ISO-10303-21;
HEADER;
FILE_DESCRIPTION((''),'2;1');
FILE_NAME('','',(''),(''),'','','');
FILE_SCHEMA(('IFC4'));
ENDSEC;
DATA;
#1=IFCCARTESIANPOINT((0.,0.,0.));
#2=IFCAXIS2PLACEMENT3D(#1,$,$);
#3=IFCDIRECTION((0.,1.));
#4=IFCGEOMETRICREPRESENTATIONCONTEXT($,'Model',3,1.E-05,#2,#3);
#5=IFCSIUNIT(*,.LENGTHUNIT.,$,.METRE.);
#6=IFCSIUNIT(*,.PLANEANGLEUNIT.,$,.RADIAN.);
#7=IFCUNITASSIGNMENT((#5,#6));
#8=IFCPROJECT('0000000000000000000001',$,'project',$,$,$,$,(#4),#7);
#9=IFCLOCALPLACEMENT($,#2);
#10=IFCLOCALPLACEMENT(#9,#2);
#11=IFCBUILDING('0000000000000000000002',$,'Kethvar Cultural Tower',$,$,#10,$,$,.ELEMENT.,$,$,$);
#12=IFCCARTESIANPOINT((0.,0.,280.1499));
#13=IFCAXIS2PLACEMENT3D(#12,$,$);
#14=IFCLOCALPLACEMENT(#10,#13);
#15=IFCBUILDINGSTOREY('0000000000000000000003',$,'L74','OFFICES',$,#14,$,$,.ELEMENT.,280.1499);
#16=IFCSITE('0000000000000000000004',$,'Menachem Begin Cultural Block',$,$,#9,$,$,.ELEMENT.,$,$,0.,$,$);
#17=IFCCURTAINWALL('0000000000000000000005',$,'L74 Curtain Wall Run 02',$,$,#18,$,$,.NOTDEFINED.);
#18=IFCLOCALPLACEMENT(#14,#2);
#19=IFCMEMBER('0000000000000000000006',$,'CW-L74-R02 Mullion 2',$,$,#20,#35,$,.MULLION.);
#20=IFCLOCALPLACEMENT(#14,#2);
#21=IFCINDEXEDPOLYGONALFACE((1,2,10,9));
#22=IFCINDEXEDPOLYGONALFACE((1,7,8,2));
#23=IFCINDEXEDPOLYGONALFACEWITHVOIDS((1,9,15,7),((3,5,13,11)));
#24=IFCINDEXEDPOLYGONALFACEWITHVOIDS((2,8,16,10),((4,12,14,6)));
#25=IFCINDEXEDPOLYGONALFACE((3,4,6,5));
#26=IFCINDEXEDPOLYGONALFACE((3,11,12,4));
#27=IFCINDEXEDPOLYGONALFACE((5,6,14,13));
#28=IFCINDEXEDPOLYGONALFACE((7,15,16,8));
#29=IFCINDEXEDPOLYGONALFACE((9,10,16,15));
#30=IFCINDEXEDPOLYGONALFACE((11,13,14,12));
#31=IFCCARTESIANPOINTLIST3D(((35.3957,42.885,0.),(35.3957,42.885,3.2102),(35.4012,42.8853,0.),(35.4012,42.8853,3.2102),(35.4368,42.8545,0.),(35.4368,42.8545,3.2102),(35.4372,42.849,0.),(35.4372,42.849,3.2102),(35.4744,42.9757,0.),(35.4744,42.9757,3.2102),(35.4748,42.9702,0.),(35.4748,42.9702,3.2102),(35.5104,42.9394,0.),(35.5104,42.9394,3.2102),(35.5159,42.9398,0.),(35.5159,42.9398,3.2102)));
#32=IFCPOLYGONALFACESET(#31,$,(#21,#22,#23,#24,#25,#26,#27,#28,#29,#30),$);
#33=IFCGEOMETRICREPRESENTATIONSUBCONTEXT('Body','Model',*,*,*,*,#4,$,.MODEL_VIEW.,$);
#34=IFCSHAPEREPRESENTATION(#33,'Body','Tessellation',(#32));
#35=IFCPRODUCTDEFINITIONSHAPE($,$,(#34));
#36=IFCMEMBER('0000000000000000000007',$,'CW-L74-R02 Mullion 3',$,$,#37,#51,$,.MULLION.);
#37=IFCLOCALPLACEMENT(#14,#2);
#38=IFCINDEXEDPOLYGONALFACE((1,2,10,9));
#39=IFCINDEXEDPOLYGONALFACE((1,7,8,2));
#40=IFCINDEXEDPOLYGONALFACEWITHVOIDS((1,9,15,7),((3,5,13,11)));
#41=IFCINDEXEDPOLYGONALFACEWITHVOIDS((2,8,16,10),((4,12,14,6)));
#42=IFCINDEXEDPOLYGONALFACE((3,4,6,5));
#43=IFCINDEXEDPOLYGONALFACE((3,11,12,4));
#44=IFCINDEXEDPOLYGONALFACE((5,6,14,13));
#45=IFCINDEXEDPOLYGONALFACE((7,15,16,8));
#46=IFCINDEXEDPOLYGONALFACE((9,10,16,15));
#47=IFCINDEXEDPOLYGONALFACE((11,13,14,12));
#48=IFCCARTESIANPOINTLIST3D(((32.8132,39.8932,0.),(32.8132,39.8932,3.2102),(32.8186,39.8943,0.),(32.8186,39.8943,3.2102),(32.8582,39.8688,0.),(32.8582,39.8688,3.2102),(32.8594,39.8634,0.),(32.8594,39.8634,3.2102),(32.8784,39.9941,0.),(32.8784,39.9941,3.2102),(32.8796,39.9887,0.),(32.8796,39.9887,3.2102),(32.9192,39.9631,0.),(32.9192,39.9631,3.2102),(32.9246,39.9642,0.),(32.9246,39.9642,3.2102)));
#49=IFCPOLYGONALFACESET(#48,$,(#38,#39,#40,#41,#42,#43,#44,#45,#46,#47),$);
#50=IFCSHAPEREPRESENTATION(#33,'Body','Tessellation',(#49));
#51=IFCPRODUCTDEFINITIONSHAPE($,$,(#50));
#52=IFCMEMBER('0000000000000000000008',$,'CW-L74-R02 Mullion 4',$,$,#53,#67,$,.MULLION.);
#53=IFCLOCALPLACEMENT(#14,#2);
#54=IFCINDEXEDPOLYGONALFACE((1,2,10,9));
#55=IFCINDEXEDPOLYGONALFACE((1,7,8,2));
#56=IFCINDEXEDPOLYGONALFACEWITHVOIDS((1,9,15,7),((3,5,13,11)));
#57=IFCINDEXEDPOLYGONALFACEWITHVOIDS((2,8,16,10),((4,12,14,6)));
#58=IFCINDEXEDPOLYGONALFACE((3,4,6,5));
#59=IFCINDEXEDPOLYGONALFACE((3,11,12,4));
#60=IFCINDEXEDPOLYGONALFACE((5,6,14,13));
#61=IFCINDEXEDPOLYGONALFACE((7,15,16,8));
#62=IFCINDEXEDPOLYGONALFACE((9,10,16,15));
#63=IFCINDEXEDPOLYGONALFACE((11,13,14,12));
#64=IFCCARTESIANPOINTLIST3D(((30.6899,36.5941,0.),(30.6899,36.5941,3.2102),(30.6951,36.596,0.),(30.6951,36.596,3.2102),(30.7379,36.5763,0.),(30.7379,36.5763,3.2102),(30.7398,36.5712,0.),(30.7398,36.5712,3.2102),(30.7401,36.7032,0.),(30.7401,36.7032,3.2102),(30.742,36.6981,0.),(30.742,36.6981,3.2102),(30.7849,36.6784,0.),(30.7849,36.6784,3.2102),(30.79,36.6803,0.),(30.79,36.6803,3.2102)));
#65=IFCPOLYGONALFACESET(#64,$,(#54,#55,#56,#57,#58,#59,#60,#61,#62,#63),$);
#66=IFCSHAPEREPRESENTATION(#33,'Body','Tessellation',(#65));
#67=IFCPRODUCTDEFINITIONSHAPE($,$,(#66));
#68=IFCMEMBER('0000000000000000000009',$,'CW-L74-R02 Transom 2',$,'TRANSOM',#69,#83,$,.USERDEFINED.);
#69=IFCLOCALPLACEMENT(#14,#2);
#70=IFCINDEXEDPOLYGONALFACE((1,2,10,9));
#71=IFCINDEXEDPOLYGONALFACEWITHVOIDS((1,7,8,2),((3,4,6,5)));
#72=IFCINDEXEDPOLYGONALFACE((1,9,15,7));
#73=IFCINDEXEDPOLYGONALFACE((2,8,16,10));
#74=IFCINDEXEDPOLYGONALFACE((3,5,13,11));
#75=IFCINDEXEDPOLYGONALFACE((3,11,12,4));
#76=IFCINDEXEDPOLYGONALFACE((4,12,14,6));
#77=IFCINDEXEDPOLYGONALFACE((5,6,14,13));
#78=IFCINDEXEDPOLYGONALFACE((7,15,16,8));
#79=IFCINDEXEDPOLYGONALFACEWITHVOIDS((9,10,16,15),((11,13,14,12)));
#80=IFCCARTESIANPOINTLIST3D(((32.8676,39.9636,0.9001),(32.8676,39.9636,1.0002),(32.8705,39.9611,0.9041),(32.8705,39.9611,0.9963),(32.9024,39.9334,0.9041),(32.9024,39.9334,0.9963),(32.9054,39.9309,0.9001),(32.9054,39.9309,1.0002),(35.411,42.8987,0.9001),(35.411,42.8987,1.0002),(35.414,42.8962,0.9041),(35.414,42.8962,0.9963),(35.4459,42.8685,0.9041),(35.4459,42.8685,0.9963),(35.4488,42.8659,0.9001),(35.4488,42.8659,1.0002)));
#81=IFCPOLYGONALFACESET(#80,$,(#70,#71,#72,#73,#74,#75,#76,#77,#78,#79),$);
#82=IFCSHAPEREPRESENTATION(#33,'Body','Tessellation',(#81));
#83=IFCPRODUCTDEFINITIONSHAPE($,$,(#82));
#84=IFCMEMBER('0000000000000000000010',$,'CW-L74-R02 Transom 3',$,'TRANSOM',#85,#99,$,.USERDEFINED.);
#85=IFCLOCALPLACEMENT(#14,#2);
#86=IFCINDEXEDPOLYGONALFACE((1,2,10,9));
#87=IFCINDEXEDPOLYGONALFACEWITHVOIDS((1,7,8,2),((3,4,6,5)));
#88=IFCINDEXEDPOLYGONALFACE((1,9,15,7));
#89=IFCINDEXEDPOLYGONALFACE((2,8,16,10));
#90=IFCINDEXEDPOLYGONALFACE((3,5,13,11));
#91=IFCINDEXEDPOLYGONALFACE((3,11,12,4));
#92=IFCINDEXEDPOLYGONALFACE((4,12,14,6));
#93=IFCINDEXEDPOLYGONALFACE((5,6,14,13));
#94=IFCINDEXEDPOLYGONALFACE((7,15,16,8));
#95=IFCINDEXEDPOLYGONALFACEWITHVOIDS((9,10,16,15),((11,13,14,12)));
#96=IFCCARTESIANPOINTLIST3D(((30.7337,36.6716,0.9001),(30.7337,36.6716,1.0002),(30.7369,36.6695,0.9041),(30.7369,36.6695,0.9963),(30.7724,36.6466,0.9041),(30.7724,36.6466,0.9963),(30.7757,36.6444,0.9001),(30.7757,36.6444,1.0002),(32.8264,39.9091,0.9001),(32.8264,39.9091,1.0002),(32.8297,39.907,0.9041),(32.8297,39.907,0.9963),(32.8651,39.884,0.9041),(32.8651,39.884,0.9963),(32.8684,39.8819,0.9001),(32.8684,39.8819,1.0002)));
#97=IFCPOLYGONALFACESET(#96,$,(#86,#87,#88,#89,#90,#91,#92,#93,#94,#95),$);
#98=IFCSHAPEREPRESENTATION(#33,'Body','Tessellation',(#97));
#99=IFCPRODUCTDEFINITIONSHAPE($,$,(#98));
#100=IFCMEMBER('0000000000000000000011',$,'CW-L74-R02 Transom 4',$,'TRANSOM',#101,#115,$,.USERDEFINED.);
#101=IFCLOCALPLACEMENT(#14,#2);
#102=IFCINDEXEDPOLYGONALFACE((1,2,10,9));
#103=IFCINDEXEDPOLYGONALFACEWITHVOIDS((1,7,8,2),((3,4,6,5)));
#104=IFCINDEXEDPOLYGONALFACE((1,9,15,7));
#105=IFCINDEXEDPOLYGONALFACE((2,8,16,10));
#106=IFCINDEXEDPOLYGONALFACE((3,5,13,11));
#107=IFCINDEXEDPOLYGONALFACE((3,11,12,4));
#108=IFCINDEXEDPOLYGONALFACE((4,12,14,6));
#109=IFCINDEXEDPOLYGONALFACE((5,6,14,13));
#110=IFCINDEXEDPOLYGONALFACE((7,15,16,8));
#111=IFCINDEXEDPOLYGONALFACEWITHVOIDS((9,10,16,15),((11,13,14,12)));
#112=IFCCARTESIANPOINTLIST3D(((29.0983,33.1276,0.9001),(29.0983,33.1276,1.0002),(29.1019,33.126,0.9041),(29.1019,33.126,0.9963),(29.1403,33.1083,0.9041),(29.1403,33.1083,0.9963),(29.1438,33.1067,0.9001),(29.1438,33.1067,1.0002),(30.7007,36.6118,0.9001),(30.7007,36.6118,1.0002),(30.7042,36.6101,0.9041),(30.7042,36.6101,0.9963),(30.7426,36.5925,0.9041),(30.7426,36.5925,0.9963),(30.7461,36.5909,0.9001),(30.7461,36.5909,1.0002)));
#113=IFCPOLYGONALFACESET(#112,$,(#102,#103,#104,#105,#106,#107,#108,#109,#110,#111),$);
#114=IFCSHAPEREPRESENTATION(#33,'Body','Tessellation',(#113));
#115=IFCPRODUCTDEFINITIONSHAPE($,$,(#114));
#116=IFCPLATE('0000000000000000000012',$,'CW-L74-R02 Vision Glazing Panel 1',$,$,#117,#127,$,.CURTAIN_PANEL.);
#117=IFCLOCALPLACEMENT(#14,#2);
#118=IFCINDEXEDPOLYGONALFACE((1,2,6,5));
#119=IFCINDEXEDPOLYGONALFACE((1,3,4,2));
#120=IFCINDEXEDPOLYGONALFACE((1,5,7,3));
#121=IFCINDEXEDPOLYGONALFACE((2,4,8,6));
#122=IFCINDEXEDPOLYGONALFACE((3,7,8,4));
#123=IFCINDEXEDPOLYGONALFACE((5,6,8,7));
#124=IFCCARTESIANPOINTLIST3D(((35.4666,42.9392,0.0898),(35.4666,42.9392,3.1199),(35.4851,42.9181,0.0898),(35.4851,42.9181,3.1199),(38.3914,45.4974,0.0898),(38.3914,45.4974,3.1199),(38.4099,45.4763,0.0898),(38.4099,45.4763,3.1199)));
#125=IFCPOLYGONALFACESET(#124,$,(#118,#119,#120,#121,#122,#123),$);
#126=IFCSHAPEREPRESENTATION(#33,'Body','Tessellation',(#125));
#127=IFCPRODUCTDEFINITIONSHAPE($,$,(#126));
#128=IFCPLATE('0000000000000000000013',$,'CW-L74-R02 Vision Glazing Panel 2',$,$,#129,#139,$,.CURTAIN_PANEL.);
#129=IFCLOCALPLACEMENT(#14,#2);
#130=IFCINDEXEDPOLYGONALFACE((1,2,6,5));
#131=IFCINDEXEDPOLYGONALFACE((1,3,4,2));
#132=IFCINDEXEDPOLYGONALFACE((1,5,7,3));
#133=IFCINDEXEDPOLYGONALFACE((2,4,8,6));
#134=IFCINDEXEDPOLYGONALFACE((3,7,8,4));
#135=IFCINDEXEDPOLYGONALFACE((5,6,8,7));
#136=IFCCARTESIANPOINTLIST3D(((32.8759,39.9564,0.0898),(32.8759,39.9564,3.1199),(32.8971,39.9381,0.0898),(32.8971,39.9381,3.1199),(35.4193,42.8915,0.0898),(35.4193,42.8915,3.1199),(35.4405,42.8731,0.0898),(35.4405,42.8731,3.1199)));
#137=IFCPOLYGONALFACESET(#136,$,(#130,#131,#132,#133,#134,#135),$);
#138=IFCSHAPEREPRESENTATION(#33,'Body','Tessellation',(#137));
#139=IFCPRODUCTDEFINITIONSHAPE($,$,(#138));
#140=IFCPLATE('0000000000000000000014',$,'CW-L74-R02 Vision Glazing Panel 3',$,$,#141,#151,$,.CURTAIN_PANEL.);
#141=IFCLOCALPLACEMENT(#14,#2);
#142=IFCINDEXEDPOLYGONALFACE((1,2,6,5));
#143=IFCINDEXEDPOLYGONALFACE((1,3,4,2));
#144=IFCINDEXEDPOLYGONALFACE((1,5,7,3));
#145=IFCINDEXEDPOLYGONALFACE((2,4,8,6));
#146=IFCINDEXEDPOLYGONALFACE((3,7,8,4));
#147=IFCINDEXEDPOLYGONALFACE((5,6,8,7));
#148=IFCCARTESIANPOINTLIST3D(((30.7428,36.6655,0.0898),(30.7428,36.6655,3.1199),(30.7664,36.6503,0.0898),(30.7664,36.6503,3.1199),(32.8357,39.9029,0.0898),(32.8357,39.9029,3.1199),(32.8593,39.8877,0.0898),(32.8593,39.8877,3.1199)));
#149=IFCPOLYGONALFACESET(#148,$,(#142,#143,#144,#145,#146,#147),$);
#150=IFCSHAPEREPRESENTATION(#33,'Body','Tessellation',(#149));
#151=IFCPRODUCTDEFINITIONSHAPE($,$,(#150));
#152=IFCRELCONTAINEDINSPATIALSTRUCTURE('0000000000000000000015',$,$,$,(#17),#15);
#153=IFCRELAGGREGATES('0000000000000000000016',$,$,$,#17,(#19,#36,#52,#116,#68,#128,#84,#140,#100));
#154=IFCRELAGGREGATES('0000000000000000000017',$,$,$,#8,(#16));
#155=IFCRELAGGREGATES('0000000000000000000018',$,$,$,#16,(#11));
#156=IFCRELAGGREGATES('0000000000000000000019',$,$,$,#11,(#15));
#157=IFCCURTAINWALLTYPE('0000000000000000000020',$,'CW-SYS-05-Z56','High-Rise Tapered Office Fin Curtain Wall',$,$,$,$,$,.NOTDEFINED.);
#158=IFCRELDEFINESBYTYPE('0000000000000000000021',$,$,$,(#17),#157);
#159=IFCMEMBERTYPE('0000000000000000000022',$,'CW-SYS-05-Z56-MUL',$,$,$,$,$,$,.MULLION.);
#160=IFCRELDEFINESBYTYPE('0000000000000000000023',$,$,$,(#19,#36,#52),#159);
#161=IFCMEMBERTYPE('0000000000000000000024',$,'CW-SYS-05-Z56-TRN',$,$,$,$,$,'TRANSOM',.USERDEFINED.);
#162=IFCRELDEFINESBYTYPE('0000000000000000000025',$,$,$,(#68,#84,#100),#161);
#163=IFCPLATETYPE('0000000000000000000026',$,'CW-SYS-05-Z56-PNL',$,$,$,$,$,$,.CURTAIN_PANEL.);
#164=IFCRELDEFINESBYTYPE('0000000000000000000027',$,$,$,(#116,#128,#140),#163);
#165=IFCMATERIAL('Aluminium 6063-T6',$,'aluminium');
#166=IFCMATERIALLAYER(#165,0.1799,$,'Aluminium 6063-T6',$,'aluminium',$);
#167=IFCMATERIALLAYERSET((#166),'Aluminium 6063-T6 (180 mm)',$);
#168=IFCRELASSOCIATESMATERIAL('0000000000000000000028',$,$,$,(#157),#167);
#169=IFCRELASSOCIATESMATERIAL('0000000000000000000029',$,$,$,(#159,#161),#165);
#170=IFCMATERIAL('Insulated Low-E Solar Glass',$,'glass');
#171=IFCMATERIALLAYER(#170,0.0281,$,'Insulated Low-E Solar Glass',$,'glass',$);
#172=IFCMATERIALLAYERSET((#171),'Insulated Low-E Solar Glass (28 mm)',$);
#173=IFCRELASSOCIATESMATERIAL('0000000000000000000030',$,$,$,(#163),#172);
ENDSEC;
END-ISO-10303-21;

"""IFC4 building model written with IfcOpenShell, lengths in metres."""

from ifc_helpers import new_model, si_unit, direction, frame, origin, origin_2d, place, context, subcontext, project, spatial, rectangle, hollow_rectangle, extrude, source, transform, mapped, material, layer, layer_set, material_profile, profile_set, type_object, element, aggregate, save


model = new_model("IFC4")

# Units and contexts
model_context = context("Model", 3, precision=1e-05, world=origin(), true_north=direction((0.0, 1.0)))
body_context = subcontext(model_context, "Body", "Model", "MODEL_VIEW")
ifc_project = project(units=[si_unit("LENGTHUNIT", "METRE"), si_unit("PLANEANGLEUNIT", "RADIAN")], contexts=[model_context])

# Site, building, storey
site_placement = place(None, origin())
site = spatial("IfcSite", under=ifc_project, at=site_placement, Name="Menachem Begin Cultural Block", CompositionType="ELEMENT", RefElevation=0.0)
building_placement = place(site_placement, origin())
building = spatial("IfcBuilding", under=site, at=building_placement, Name="Kethvar Cultural Tower", CompositionType="ELEMENT")
storey_placement = place(building_placement, frame((0.0, 0.0, 280.1499)))
storey = spatial("IfcBuildingStorey", under=building, at=storey_placement, Name="L74", Description="OFFICES", CompositionType="ELEMENT", Elevation=280.1499)

# Curtain wall, members, plates
ifc_material_1 = material(Name="Aluminium 6063-T6", Category="aluminium")
ifc_layer_1 = layer(ifc_material_1, 0.1799, Name="Aluminium 6063-T6", Category="aluminium")
ifc_layer_set_1 = layer_set([ifc_layer_1], Name="Aluminium 6063-T6 (180 mm)")
curtain_wall_type = type_object("IfcCurtainWallType", Name="CW-SYS-05-Z56", Description="High-Rise Tapered Office Fin Curtain Wall", PredefinedType="NOTDEFINED", material=ifc_layer_set_1)
curtain_wall_placement = place(storey_placement, origin())
curtain_wall = element("IfcCurtainWall", 1, at=curtain_wall_placement, inside=storey, type_object=curtain_wall_type, Name="L74 Curtain Wall Run 02", PredefinedType="NOTDEFINED")
ifc_material_profile_1 = material_profile(ifc_material_1, hollow_rectangle(XDim=0.0549, YDim=0.1201, WallThickness=0.0039, at=origin_2d()), Name="Aluminium 6063-T6 — RHS120x55x4")
ifc_profile_set_1 = profile_set([ifc_material_profile_1], Name="Aluminium 6063-T6 — RHS120x55x4")
member_type_1 = type_object("IfcMemberType", Name="CW-SYS-05-Z56-MUL", PredefinedType="MULLION", material=ifc_profile_set_1)
shared_shape_1 = source(origin(), body_context, "Body", "SweptSolid", [
    extrude(hollow_rectangle(XDim=0.0549, YDim=0.1201, WallThickness=0.0039, at=origin_2d()), origin(), (0.0, 0.0, 1.0), 3.2102),
])
member_1_placement = place(storey_placement, frame((35.4558, 42.9124, 0.0), z_axis=(0.0, 0.0, 1.0), x_axis=(0.755728, -0.654886, 0.0)))
member_1 = element("IfcMember", 2, at=member_1_placement, type_object=member_type_1, Name="CW-L74-R02 Mullion 2", PredefinedType="MULLION", context=body_context, shape_type="MappedRepresentation", body=[
    mapped(shared_shape_1, transform((0.0, 0.0, 0.0), scale=1.0)),
])
member_2_placement = place(storey_placement, frame((32.8689, 39.9287, 0.0), z_axis=(0.0, 0.0, 1.0), x_axis=(0.83979, -0.542911, 0.0)))
member_2 = element("IfcMember", 3, at=member_2_placement, type_object=member_type_1, Name="CW-L74-R02 Mullion 3", PredefinedType="MULLION", context=body_context, shape_type="MappedRepresentation", body=[
    mapped(shared_shape_1, transform((0.0, 0.0, 0.0), scale=1.0)),
])
member_3_placement = place(storey_placement, frame((30.74, 36.6372, 0.0), z_axis=(0.0, 0.0, 1.0), x_axis=(0.908523, -0.417835, 0.0)))
member_3 = element("IfcMember", 4, at=member_3_placement, type_object=member_type_1, Name="CW-L74-R02 Mullion 4", PredefinedType="MULLION", context=body_context, shape_type="MappedRepresentation", body=[
    mapped(shared_shape_1, transform((0.0, 0.0, 0.0), scale=1.0)),
])
ifc_material_profile_2 = material_profile(ifc_material_1, hollow_rectangle(XDim=0.05, YDim=0.1001, WallThickness=0.0039, at=origin_2d()), Name="Aluminium 6063-T6 — RHS100x50x4")
ifc_profile_set_2 = profile_set([ifc_material_profile_2], Name="Aluminium 6063-T6 — RHS100x50x4")
member_type_2 = type_object("IfcMemberType", Name="CW-SYS-05-Z56-TRN", ElementType="TRANSOM", PredefinedType="USERDEFINED", material=ifc_profile_set_2)
shared_shape_2 = source(origin(), body_context, "Body", "SweptSolid", [
    extrude(hollow_rectangle(XDim=0.05, YDim=0.1001, WallThickness=0.0039, at=origin_2d()), origin(), (0.0, 0.0, 1.0), 3.8838),
])
member_4_placement = place(storey_placement, frame((35.4299, 42.8823, 0.9502), z_axis=(-0.654892, -0.755722, 0.0), x_axis=(0.755722, -0.654892, 0.0)))
member_4 = element("IfcMember", 5, at=member_4_placement, type_object=member_type_2, Name="CW-L74-R02 Transom 2", ObjectType="TRANSOM", PredefinedType="USERDEFINED", context=body_context, shape_type="MappedRepresentation", body=[
    mapped(shared_shape_2, transform((0.0, 0.0, 0.0), scale=1.0)),
])
shared_shape_3 = source(origin(), body_context, "Body", "SweptSolid", [
    extrude(hollow_rectangle(XDim=0.05, YDim=0.1001, WallThickness=0.0039, at=origin_2d()), origin(), (0.0, 0.0, 1.0), 3.855),
])
member_5_placement = place(storey_placement, frame((32.8474, 39.8955, 0.9502), z_axis=(-0.542865, -0.83982, 0.0), x_axis=(0.83982, -0.542865, 0.0)))
member_5 = element("IfcMember", 6, at=member_5_placement, type_object=member_type_2, Name="CW-L74-R02 Transom 3", ObjectType="TRANSOM", PredefinedType="USERDEFINED", context=body_context, shape_type="MappedRepresentation", body=[
    mapped(shared_shape_3, transform((0.0, 0.0, 0.0), scale=1.0)),
])
shared_shape_4 = source(origin(), body_context, "Body", "SweptSolid", [
    extrude(hollow_rectangle(XDim=0.05, YDim=0.1001, WallThickness=0.0039, at=origin_2d()), origin(), (0.0, 0.0, 1.0), 3.835),
])
member_6_placement = place(storey_placement, frame((30.7234, 36.6013, 0.9502), z_axis=(-0.417818, -0.908531, 0.0), x_axis=(0.908531, -0.417818, 0.0)))
member_6 = element("IfcMember", 7, at=member_6_placement, type_object=member_type_2, Name="CW-L74-R02 Transom 4", ObjectType="TRANSOM", PredefinedType="USERDEFINED", context=body_context, shape_type="MappedRepresentation", body=[
    mapped(shared_shape_4, transform((0.0, 0.0, 0.0), scale=1.0)),
])
ifc_material_2 = material(Name="Insulated Low-E Solar Glass", Category="glass")
ifc_layer_2 = layer(ifc_material_2, 0.0281, Name="Insulated Low-E Solar Glass", Category="glass")
ifc_layer_set_2 = layer_set([ifc_layer_2], Name="Insulated Low-E Solar Glass (28 mm)")
plate_type = type_object("IfcPlateType", Name="CW-SYS-05-Z56-PNL", PredefinedType="CURTAIN_PANEL", material=ifc_layer_set_2)
shared_shape_5 = source(origin(), body_context, "Body", "SweptSolid", [
    extrude(rectangle(XDim=3.8857, YDim=0.0281, at=origin_2d()), origin(), (0.0, 0.0, 1.0), 3.03),
])
plate_1_placement = place(storey_placement, frame((36.9382, 44.2078, 0.0898), z_axis=(0.0, 0.0, 1.0), x_axis=(-0.752702, -0.658361, 0.0)))
plate_1 = element("IfcPlate", 8, at=plate_1_placement, type_object=plate_type, Name="CW-L74-R02 Vision Glazing Panel 1", PredefinedType="CURTAIN_PANEL", context=body_context, shape_type="MappedRepresentation", body=[
    mapped(shared_shape_5, transform((0.0, 0.0, 0.0), scale=1.0)),
])
shared_shape_6 = source(origin(), body_context, "Body", "SweptSolid", [
    extrude(rectangle(XDim=3.8838, YDim=0.0281, at=origin_2d()), origin(), (0.0, 0.0, 1.0), 3.03),
])
plate_2_placement = place(storey_placement, frame((34.1582, 41.4148, 0.0898), z_axis=(0.0, 0.0, 1.0), x_axis=(-0.654886, -0.755728, 0.0)))
plate_2 = element("IfcPlate", 9, at=plate_2_placement, type_object=plate_type, Name="CW-L74-R02 Vision Glazing Panel 2", PredefinedType="CURTAIN_PANEL", context=body_context, shape_type="MappedRepresentation", body=[
    mapped(shared_shape_6, transform((0.0, 0.0, 0.0), scale=1.0)),
])
shared_shape_7 = source(origin(), body_context, "Body", "SweptSolid", [
    extrude(rectangle(XDim=3.855, YDim=0.0281, at=origin_2d()), origin(), (0.0, 0.0, 1.0), 3.03),
])
plate_3_placement = place(storey_placement, frame((31.801, 38.2766, 0.0898), z_axis=(0.0, 0.0, 1.0), x_axis=(-0.542911, -0.83979, 0.0)))
plate_3 = element("IfcPlate", 10, at=plate_3_placement, type_object=plate_type, Name="CW-L74-R02 Vision Glazing Panel 3", PredefinedType="CURTAIN_PANEL", context=body_context, shape_type="MappedRepresentation", body=[
    mapped(shared_shape_7, transform((0.0, 0.0, 0.0), scale=1.0)),
])
aggregate(curtain_wall, [member_1, member_2, member_3, plate_1, member_4, plate_2, member_5, plate_3, member_6])

save(model, "model.ifc")
